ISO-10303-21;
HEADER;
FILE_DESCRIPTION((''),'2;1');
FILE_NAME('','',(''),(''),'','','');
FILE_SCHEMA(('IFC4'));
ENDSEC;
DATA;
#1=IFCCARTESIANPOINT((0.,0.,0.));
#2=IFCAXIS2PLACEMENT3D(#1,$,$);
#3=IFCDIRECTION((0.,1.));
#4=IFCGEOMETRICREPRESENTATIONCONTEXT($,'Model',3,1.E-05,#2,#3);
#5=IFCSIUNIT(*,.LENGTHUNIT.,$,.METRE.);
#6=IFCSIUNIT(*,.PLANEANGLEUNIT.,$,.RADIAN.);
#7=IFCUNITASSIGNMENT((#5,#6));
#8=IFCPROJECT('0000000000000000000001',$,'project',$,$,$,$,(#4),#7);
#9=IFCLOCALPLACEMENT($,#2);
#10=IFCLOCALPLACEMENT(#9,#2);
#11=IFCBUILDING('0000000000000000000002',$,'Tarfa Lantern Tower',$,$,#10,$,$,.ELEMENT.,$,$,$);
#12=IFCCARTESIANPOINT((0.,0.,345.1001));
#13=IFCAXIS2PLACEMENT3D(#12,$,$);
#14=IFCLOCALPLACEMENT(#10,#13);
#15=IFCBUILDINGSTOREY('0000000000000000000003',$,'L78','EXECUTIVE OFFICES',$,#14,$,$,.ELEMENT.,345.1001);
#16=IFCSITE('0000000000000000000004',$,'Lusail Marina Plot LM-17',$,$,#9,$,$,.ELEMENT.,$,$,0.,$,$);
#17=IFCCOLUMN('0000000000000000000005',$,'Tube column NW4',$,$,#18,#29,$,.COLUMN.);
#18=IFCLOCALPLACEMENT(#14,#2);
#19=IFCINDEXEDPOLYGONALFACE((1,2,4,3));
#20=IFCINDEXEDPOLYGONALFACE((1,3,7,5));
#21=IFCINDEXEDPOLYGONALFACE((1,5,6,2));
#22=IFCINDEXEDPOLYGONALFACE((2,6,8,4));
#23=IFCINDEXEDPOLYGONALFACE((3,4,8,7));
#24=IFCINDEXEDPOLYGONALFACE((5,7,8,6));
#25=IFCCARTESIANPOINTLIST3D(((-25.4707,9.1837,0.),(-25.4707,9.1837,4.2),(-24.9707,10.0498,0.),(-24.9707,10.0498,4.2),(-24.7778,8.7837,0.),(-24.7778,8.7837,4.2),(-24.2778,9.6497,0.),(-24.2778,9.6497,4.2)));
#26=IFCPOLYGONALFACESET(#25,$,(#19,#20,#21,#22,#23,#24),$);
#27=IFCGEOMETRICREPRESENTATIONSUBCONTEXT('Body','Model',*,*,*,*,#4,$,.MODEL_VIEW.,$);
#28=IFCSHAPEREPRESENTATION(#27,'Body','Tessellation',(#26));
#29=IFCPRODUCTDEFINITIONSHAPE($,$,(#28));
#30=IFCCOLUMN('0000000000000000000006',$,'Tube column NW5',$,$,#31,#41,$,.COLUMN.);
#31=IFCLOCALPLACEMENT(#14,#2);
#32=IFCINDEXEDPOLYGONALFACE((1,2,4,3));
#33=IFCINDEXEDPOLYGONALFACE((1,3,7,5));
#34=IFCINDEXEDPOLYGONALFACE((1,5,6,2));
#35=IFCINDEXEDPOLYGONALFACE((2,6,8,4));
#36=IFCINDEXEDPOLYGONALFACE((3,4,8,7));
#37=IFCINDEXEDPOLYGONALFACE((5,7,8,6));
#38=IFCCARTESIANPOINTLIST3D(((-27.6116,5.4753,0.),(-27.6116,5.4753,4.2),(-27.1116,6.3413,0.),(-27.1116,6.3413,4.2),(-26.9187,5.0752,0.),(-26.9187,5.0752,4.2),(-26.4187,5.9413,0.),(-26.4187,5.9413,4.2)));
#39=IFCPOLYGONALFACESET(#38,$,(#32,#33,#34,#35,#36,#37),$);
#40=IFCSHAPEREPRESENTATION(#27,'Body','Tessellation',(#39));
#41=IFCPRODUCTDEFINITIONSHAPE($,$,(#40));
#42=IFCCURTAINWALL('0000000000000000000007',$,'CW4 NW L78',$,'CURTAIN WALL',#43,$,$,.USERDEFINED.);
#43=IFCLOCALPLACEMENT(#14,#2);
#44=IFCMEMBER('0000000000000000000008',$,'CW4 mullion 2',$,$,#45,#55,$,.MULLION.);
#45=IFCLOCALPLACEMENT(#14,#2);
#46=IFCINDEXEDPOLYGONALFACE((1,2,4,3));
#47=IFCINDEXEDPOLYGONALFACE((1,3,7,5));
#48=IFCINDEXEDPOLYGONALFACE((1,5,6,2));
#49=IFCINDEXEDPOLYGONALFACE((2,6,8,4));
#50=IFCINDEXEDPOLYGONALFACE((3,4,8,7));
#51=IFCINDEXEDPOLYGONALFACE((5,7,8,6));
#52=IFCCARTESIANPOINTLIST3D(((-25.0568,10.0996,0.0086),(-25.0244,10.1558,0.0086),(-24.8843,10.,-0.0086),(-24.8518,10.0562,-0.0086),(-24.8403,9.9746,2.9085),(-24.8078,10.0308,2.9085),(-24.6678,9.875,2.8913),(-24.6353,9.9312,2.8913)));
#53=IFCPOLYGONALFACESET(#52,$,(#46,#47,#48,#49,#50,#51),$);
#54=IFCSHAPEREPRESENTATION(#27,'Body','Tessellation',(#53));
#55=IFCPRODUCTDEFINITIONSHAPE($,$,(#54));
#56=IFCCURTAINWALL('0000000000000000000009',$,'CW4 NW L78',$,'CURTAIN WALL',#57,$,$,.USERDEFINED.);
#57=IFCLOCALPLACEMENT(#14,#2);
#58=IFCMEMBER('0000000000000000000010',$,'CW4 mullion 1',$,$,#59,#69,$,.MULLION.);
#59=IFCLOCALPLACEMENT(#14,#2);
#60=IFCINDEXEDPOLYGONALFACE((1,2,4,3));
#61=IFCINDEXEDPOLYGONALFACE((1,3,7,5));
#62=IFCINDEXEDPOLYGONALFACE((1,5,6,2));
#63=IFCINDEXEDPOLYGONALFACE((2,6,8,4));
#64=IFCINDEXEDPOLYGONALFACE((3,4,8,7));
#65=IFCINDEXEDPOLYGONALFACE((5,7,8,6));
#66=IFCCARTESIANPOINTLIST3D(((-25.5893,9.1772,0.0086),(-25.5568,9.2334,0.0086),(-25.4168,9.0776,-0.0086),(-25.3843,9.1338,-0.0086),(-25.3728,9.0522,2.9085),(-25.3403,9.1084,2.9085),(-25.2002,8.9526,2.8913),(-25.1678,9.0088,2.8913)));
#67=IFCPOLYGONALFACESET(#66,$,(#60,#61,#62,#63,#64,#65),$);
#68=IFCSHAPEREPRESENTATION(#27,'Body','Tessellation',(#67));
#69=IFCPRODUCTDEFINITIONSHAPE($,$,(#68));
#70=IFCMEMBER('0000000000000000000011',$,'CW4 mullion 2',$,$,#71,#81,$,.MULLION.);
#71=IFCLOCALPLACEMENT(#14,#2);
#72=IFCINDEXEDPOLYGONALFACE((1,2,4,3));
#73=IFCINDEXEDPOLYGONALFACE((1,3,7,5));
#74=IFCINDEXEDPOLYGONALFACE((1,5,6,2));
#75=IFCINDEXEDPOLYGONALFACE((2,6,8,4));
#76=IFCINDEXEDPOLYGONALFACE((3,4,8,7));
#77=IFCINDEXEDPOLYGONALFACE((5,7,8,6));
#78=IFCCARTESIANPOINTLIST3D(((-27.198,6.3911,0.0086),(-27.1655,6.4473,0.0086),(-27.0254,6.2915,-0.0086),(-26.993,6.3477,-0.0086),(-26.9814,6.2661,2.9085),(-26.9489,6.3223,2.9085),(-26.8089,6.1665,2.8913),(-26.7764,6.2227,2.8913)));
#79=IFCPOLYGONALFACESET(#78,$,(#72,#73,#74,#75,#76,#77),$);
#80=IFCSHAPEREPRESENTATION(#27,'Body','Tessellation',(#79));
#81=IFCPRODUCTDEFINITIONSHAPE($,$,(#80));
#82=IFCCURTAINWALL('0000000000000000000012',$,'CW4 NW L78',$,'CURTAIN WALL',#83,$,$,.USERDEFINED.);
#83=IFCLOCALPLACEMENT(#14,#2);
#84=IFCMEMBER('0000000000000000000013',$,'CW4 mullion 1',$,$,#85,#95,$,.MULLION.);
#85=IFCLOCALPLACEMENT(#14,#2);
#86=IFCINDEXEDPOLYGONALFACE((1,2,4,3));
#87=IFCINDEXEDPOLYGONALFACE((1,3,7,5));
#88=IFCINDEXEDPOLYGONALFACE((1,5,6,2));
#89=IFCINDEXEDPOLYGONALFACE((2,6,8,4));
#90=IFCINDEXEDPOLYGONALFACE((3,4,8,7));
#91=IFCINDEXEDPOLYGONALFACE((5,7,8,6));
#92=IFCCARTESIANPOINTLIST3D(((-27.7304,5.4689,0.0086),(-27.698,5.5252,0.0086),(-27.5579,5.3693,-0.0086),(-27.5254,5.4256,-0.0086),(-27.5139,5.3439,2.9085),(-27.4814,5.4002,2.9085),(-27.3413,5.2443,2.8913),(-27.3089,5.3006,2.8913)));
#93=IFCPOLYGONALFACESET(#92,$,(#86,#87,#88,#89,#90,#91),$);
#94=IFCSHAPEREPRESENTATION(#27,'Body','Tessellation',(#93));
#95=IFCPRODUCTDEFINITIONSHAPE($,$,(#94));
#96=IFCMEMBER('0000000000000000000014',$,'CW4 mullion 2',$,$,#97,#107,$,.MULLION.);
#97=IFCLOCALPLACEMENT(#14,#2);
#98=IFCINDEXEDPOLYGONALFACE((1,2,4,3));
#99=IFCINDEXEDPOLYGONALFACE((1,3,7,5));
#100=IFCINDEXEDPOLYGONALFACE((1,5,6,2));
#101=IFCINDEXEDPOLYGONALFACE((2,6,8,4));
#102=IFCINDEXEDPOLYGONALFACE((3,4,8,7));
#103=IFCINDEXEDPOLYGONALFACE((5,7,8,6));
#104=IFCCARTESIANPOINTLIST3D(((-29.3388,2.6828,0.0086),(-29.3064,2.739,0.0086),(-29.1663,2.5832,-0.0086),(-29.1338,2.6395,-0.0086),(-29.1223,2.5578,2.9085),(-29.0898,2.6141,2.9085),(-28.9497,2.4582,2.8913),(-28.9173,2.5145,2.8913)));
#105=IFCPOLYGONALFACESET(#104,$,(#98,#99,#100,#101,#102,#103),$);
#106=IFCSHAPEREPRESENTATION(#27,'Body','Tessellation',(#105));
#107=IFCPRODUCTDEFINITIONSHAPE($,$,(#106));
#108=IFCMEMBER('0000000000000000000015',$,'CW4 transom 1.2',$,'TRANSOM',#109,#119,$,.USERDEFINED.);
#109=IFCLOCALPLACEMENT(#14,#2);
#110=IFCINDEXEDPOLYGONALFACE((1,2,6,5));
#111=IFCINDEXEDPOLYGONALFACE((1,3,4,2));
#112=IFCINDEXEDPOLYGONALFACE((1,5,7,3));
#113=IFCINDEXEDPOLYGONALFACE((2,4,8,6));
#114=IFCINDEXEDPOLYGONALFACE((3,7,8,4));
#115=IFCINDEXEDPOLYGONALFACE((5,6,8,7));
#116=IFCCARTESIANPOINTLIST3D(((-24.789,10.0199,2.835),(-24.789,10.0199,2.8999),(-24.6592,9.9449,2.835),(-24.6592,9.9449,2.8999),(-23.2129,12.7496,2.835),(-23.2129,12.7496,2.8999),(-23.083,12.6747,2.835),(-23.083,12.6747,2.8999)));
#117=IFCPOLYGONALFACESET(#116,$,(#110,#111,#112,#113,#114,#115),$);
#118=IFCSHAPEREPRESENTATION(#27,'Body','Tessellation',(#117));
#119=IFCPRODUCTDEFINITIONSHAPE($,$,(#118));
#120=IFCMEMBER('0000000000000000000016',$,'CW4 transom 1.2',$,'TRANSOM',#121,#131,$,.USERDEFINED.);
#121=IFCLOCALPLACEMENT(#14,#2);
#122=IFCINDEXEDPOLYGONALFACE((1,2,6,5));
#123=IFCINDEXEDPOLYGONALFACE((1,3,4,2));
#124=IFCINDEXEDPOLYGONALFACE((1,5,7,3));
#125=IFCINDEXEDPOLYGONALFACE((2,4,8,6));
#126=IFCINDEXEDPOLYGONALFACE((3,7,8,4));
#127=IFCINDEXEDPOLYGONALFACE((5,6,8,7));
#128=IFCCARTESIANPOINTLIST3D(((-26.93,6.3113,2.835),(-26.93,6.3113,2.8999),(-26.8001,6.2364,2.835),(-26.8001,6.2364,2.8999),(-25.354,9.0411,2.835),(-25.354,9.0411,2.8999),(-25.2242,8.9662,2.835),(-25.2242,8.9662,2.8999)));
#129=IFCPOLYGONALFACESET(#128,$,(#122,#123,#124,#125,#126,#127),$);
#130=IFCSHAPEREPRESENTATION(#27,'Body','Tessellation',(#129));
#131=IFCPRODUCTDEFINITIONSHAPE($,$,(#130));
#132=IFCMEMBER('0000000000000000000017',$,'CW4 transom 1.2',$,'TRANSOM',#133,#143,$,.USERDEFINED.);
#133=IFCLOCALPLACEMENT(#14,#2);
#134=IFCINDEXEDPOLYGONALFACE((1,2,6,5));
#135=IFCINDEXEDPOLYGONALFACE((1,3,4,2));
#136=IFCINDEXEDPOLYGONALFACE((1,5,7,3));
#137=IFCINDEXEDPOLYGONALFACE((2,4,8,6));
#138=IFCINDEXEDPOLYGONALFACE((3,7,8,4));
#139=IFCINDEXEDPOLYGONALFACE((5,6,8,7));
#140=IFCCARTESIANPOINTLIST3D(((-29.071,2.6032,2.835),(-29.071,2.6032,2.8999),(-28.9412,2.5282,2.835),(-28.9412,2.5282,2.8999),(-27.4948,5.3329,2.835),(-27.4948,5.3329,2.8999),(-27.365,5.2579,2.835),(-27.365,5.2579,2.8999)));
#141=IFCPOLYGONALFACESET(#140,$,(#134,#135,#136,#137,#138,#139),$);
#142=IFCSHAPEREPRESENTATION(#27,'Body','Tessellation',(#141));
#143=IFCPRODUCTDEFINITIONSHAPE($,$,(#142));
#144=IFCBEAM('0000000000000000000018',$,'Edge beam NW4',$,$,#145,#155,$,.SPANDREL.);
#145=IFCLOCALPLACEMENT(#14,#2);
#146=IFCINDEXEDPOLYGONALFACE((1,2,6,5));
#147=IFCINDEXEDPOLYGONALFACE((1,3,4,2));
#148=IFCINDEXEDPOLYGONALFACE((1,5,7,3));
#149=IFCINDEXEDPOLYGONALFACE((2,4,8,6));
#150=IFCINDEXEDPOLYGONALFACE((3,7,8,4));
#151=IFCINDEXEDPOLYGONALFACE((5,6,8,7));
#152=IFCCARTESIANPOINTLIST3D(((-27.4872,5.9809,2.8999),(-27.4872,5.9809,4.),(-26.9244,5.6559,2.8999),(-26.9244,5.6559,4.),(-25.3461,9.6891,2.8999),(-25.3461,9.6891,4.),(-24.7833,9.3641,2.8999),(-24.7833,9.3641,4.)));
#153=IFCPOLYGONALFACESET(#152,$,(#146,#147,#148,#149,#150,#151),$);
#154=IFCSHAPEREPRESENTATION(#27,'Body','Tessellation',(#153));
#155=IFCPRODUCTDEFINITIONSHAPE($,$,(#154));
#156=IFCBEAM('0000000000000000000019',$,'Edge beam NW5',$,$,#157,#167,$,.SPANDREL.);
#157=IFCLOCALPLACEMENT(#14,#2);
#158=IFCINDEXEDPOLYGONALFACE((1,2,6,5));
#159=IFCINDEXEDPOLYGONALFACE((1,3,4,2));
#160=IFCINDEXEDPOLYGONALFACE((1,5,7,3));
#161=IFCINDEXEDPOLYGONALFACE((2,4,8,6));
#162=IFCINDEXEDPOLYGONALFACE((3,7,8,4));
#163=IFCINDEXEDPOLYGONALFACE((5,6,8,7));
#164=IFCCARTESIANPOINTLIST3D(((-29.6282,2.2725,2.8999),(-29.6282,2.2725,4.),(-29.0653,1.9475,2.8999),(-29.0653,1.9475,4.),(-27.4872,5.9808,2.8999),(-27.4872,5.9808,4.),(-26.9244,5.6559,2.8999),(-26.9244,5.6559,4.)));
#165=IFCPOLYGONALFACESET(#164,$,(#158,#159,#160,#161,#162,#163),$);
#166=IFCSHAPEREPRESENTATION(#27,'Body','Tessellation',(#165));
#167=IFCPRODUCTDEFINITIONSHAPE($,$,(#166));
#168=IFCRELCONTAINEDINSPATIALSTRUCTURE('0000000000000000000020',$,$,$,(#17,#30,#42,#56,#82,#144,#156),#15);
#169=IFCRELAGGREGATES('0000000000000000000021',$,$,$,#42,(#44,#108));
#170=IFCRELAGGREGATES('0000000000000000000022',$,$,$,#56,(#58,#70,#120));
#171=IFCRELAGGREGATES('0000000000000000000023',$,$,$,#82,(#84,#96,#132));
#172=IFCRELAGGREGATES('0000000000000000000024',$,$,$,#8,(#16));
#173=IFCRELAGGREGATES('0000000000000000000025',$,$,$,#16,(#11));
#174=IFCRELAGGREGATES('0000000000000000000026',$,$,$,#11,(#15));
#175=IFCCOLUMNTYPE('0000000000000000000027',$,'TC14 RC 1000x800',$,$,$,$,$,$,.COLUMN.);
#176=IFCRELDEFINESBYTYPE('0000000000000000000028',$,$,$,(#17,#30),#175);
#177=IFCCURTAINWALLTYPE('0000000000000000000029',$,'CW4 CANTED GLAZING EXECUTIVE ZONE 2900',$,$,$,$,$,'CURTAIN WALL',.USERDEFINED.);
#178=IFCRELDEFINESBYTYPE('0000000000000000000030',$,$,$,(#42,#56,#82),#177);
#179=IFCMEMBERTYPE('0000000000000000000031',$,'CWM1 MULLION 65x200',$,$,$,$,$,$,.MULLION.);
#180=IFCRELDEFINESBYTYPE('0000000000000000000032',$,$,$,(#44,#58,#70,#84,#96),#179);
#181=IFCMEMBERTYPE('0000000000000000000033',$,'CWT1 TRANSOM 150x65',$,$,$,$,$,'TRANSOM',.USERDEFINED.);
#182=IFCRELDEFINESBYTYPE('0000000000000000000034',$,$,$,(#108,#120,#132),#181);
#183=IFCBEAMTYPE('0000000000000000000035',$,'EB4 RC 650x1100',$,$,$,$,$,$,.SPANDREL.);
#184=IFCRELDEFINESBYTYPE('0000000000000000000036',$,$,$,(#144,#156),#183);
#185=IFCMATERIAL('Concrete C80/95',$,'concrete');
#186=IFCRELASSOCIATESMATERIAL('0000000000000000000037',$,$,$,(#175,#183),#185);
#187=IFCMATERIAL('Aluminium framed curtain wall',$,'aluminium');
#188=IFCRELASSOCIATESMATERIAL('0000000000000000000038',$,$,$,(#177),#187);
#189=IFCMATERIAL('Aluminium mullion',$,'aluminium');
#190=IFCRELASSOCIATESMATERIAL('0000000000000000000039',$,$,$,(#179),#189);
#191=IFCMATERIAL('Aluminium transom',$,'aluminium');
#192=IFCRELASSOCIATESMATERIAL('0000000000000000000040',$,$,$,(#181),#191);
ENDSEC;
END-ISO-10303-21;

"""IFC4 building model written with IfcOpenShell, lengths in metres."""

from ifc_helpers import new_model, si_unit, direction, frame, origin, origin_2d, place, context, subcontext, project, spatial, rectangle, extrude, material, material_profile, profile_set, type_object, element, aggregate, save


model = new_model("IFC4")

# Units and contexts
model_context = context("Model", 3, precision=1e-05, world=origin(), true_north=direction((0.0, 1.0)))
body_context = subcontext(model_context, "Body", "Model", "MODEL_VIEW")
ifc_project = project(units=[si_unit("LENGTHUNIT", "METRE"), si_unit("PLANEANGLEUNIT", "RADIAN")], contexts=[model_context])

# Site, building, storey
site_placement = place(None, origin())
site = spatial("IfcSite", under=ifc_project, at=site_placement, Name="Lusail Marina Plot LM-17", CompositionType="ELEMENT", RefElevation=0.0)
building_placement = place(site_placement, origin())
building = spatial("IfcBuilding", under=site, at=building_placement, Name="Tarfa Lantern Tower", CompositionType="ELEMENT")
storey_placement = place(building_placement, frame((0.0, 0.0, 345.1001)))
storey = spatial("IfcBuildingStorey", under=building, at=storey_placement, Name="L78", Description="EXECUTIVE OFFICES", CompositionType="ELEMENT", Elevation=345.1001)

# Columns
ifc_material_1 = material(Name="Concrete C80/95", Category="concrete")
ifc_material_profile_1 = material_profile(ifc_material_1, rectangle(XDim=1.0, YDim=0.8, at=origin_2d()), Name="RC 1000x800")
ifc_profile_set_1 = profile_set([ifc_material_profile_1], Name="Concrete C80/95")
column_type = type_object("IfcColumnType", Name="TC14 RC 1000x800", PredefinedType="COLUMN", material=ifc_profile_set_1)
for number, where, z_axis, x_axis, name in (
    (1, (-24.8743, 9.4167, 0.0), (0.0, 0.0, 1.0), (-0.5, -0.866025, 0.0), "Tube column NW4"),
    (2, (-27.0151, 5.7083, 0.0), (0.0, 0.0, 1.0), (-0.5, -0.866025, 0.0), "Tube column NW5"),
):
    element("IfcColumn", number, at=place(storey_placement, frame(where, z_axis=z_axis, x_axis=x_axis)), inside=storey, type_object=column_type, Name=name, PredefinedType="COLUMN", context=body_context, shape_type="SweptSolid", body=[
        extrude(rectangle(XDim=1.0, YDim=0.8, at=origin_2d()), origin(), (0.0, 0.0, 1.0), 4.2),
    ])

# Curtain wall, member
ifc_material_2 = material(Name="Aluminium framed curtain wall", Category="aluminium")
curtain_wall_type = type_object("IfcCurtainWallType", Name="CW4 CANTED GLAZING EXECUTIVE ZONE 2900", ElementType="CURTAIN WALL", PredefinedType="USERDEFINED", material=ifc_material_2)
curtain_wall_1_placement = place(storey_placement, origin())
curtain_wall_1 = element("IfcCurtainWall", 3, at=curtain_wall_1_placement, inside=storey, type_object=curtain_wall_type, Name="CW4 NW L78", ObjectType="CURTAIN WALL", PredefinedType="USERDEFINED")
ifc_material_3 = material(Name="Aluminium mullion", Category="aluminium")
ifc_material_profile_2 = material_profile(ifc_material_3, rectangle(XDim=0.0649, YDim=0.2, at=origin_2d()), Name="AL MULLION 65x200")
ifc_profile_set_2 = profile_set([ifc_material_profile_2], Name="Aluminium mullion")
member_type_1 = type_object("IfcMemberType", Name="CWM1 MULLION 65x200", PredefinedType="MULLION", material=ifc_profile_set_2)
member_1_placement = place(storey_placement, frame((-24.9543, 10.0779, 0.0), z_axis=(0.0744, -0.042946, 0.996303), x_axis=(0.49992, 0.866072, 0.0)))
member_1 = element("IfcMember", 4, at=member_1_placement, type_object=member_type_1, Name="CW4 mullion 2", PredefinedType="MULLION", context=body_context, shape_type="SweptSolid", body=[
    extrude(rectangle(XDim=0.0649, YDim=0.2, at=origin_2d()), origin(), (0.0, 0.0, 1.0), 2.9106),
])

# Curtain walls, members
curtain_wall_2_placement = place(storey_placement, origin())
curtain_wall_2 = element("IfcCurtainWall", 5, at=curtain_wall_2_placement, inside=storey, type_object=curtain_wall_type, Name="CW4 NW L78", ObjectType="CURTAIN WALL", PredefinedType="USERDEFINED")
member_2_placement = place(storey_placement, frame((-25.4868, 9.1555, 0.0), z_axis=(0.0744, -0.042946, 0.996303), x_axis=(0.49992, 0.866072, 0.0)))
member_2 = element("IfcMember", 6, at=member_2_placement, type_object=member_type_1, Name="CW4 mullion 1", PredefinedType="MULLION", context=body_context, shape_type="SweptSolid", body=[
    extrude(rectangle(XDim=0.0649, YDim=0.2, at=origin_2d()), origin(), (0.0, 0.0, 1.0), 2.9106),
])
member_3_placement = place(storey_placement, frame((-27.0955, 6.3694, 0.0), z_axis=(0.0744, -0.042946, 0.996303), x_axis=(0.49992, 0.866072, 0.0)))
member_3 = element("IfcMember", 7, at=member_3_placement, type_object=member_type_1, Name="CW4 mullion 2", PredefinedType="MULLION", context=body_context, shape_type="SweptSolid", body=[
    extrude(rectangle(XDim=0.0649, YDim=0.2, at=origin_2d()), origin(), (0.0, 0.0, 1.0), 2.9106),
])
curtain_wall_3_placement = place(storey_placement, origin())
curtain_wall_3 = element("IfcCurtainWall", 8, at=curtain_wall_3_placement, inside=storey, type_object=curtain_wall_type, Name="CW4 NW L78", ObjectType="CURTAIN WALL", PredefinedType="USERDEFINED")
member_4_placement = place(storey_placement, frame((-27.6279, 5.4473, 0.0), z_axis=(0.0744, -0.042946, 0.996303), x_axis=(0.49992, 0.866072, 0.0)))
member_4 = element("IfcMember", 9, at=member_4_placement, type_object=member_type_1, Name="CW4 mullion 1", PredefinedType="MULLION", context=body_context, shape_type="SweptSolid", body=[
    extrude(rectangle(XDim=0.0649, YDim=0.2, at=origin_2d()), origin(), (0.0, 0.0, 1.0), 2.9106),
])
member_5_placement = place(storey_placement, frame((-29.2363, 2.6611, 0.0), z_axis=(0.0744, -0.042946, 0.996303), x_axis=(0.49992, 0.866072, 0.0)))
member_5 = element("IfcMember", 10, at=member_5_placement, type_object=member_type_1, Name="CW4 mullion 2", PredefinedType="MULLION", context=body_context, shape_type="SweptSolid", body=[
    extrude(rectangle(XDim=0.0649, YDim=0.2, at=origin_2d()), origin(), (0.0, 0.0, 1.0), 2.9106),
])

# Members
ifc_material_4 = material(Name="Aluminium transom", Category="aluminium")
ifc_material_profile_3 = material_profile(ifc_material_4, rectangle(XDim=0.1499, YDim=0.0649, at=origin_2d()), Name="AL TRANSOM 150x65")
ifc_profile_set_3 = profile_set([ifc_material_profile_3], Name="Aluminium transom")
member_type_2 = type_object("IfcMemberType", Name="CWT1 TRANSOM 150x65", ElementType="TRANSOM", PredefinedType="USERDEFINED", material=ifc_profile_set_3)
member_6_placement = place(storey_placement, frame((-23.1479, 12.7122, 2.8674), z_axis=(-0.500038, -0.866004, 0.0), x_axis=(0.866004, -0.500038, 0.0)))
member_6 = element("IfcMember", 11, at=member_6_placement, type_object=member_type_2, Name="CW4 transom 1.2", ObjectType="TRANSOM", PredefinedType="USERDEFINED", context=body_context, shape_type="SweptSolid", body=[
    extrude(rectangle(XDim=0.1499, YDim=0.0649, at=origin_2d()), origin(), (0.0, 0.0, 1.0), 3.1521),
])
aggregate(curtain_wall_1, [member_1, member_6])
member_7_placement = place(storey_placement, frame((-25.2891, 9.0037, 2.8674), z_axis=(-0.499979, -0.866037, 0.0), x_axis=(0.866037, -0.499979, 0.0)))
member_7 = element("IfcMember", 12, at=member_7_placement, type_object=member_type_2, Name="CW4 transom 1.2", ObjectType="TRANSOM", PredefinedType="USERDEFINED", context=body_context, shape_type="SweptSolid", body=[
    extrude(rectangle(XDim=0.1499, YDim=0.0649, at=origin_2d()), origin(), (0.0, 0.0, 1.0), 3.1521),
])
member_8_placement = place(storey_placement, frame((-27.4299, 5.2954, 2.8674), z_axis=(-0.500038, -0.866004, 0.0), x_axis=(0.866004, -0.500038, 0.0)))
member_8 = element("IfcMember", 13, at=member_8_placement, type_object=member_type_2, Name="CW4 transom 1.2", ObjectType="TRANSOM", PredefinedType="USERDEFINED", context=body_context, shape_type="SweptSolid", body=[
    extrude(rectangle(XDim=0.1499, YDim=0.0649, at=origin_2d()), origin(), (0.0, 0.0, 1.0), 3.1521),
])

# Beams
ifc_material_profile_4 = material_profile(ifc_material_1, rectangle(XDim=0.6499, YDim=1.1001, at=origin_2d()), Name="RC 650x1100")
ifc_profile_set_4 = profile_set([ifc_material_profile_4], Name="Concrete C80/95")
beam_type_1 = type_object("IfcBeamType", Name="EB4 RC 650x1100", PredefinedType="SPANDREL", material=ifc_profile_set_4)
for number, where, z_axis, x_axis, name in (
    (14, (-25.0647, 9.5266, 3.45), (-0.500027, -0.86601, 0.0), (0.86601, -0.500027, 0.0), "Edge beam NW4"),
    (15, (-27.2058, 5.8184, 3.45), (-0.499984, -0.866035, 0.0), (0.866035, -0.499984, 0.0), "Edge beam NW5"),
):
    element("IfcBeam", number, at=place(storey_placement, frame(where, z_axis=z_axis, x_axis=x_axis)), inside=storey, type_object=beam_type_1, Name=name, PredefinedType="SPANDREL", context=body_context, shape_type="SweptSolid", body=[
        extrude(rectangle(XDim=0.6499, YDim=1.1001, at=origin_2d()), origin(), (0.0, 0.0, 1.0), 4.282),
    ])

aggregate(curtain_wall_2, [member_2, member_3, member_7])
aggregate(curtain_wall_3, [member_4, member_5, member_8])

save(model, "model.ifc")
